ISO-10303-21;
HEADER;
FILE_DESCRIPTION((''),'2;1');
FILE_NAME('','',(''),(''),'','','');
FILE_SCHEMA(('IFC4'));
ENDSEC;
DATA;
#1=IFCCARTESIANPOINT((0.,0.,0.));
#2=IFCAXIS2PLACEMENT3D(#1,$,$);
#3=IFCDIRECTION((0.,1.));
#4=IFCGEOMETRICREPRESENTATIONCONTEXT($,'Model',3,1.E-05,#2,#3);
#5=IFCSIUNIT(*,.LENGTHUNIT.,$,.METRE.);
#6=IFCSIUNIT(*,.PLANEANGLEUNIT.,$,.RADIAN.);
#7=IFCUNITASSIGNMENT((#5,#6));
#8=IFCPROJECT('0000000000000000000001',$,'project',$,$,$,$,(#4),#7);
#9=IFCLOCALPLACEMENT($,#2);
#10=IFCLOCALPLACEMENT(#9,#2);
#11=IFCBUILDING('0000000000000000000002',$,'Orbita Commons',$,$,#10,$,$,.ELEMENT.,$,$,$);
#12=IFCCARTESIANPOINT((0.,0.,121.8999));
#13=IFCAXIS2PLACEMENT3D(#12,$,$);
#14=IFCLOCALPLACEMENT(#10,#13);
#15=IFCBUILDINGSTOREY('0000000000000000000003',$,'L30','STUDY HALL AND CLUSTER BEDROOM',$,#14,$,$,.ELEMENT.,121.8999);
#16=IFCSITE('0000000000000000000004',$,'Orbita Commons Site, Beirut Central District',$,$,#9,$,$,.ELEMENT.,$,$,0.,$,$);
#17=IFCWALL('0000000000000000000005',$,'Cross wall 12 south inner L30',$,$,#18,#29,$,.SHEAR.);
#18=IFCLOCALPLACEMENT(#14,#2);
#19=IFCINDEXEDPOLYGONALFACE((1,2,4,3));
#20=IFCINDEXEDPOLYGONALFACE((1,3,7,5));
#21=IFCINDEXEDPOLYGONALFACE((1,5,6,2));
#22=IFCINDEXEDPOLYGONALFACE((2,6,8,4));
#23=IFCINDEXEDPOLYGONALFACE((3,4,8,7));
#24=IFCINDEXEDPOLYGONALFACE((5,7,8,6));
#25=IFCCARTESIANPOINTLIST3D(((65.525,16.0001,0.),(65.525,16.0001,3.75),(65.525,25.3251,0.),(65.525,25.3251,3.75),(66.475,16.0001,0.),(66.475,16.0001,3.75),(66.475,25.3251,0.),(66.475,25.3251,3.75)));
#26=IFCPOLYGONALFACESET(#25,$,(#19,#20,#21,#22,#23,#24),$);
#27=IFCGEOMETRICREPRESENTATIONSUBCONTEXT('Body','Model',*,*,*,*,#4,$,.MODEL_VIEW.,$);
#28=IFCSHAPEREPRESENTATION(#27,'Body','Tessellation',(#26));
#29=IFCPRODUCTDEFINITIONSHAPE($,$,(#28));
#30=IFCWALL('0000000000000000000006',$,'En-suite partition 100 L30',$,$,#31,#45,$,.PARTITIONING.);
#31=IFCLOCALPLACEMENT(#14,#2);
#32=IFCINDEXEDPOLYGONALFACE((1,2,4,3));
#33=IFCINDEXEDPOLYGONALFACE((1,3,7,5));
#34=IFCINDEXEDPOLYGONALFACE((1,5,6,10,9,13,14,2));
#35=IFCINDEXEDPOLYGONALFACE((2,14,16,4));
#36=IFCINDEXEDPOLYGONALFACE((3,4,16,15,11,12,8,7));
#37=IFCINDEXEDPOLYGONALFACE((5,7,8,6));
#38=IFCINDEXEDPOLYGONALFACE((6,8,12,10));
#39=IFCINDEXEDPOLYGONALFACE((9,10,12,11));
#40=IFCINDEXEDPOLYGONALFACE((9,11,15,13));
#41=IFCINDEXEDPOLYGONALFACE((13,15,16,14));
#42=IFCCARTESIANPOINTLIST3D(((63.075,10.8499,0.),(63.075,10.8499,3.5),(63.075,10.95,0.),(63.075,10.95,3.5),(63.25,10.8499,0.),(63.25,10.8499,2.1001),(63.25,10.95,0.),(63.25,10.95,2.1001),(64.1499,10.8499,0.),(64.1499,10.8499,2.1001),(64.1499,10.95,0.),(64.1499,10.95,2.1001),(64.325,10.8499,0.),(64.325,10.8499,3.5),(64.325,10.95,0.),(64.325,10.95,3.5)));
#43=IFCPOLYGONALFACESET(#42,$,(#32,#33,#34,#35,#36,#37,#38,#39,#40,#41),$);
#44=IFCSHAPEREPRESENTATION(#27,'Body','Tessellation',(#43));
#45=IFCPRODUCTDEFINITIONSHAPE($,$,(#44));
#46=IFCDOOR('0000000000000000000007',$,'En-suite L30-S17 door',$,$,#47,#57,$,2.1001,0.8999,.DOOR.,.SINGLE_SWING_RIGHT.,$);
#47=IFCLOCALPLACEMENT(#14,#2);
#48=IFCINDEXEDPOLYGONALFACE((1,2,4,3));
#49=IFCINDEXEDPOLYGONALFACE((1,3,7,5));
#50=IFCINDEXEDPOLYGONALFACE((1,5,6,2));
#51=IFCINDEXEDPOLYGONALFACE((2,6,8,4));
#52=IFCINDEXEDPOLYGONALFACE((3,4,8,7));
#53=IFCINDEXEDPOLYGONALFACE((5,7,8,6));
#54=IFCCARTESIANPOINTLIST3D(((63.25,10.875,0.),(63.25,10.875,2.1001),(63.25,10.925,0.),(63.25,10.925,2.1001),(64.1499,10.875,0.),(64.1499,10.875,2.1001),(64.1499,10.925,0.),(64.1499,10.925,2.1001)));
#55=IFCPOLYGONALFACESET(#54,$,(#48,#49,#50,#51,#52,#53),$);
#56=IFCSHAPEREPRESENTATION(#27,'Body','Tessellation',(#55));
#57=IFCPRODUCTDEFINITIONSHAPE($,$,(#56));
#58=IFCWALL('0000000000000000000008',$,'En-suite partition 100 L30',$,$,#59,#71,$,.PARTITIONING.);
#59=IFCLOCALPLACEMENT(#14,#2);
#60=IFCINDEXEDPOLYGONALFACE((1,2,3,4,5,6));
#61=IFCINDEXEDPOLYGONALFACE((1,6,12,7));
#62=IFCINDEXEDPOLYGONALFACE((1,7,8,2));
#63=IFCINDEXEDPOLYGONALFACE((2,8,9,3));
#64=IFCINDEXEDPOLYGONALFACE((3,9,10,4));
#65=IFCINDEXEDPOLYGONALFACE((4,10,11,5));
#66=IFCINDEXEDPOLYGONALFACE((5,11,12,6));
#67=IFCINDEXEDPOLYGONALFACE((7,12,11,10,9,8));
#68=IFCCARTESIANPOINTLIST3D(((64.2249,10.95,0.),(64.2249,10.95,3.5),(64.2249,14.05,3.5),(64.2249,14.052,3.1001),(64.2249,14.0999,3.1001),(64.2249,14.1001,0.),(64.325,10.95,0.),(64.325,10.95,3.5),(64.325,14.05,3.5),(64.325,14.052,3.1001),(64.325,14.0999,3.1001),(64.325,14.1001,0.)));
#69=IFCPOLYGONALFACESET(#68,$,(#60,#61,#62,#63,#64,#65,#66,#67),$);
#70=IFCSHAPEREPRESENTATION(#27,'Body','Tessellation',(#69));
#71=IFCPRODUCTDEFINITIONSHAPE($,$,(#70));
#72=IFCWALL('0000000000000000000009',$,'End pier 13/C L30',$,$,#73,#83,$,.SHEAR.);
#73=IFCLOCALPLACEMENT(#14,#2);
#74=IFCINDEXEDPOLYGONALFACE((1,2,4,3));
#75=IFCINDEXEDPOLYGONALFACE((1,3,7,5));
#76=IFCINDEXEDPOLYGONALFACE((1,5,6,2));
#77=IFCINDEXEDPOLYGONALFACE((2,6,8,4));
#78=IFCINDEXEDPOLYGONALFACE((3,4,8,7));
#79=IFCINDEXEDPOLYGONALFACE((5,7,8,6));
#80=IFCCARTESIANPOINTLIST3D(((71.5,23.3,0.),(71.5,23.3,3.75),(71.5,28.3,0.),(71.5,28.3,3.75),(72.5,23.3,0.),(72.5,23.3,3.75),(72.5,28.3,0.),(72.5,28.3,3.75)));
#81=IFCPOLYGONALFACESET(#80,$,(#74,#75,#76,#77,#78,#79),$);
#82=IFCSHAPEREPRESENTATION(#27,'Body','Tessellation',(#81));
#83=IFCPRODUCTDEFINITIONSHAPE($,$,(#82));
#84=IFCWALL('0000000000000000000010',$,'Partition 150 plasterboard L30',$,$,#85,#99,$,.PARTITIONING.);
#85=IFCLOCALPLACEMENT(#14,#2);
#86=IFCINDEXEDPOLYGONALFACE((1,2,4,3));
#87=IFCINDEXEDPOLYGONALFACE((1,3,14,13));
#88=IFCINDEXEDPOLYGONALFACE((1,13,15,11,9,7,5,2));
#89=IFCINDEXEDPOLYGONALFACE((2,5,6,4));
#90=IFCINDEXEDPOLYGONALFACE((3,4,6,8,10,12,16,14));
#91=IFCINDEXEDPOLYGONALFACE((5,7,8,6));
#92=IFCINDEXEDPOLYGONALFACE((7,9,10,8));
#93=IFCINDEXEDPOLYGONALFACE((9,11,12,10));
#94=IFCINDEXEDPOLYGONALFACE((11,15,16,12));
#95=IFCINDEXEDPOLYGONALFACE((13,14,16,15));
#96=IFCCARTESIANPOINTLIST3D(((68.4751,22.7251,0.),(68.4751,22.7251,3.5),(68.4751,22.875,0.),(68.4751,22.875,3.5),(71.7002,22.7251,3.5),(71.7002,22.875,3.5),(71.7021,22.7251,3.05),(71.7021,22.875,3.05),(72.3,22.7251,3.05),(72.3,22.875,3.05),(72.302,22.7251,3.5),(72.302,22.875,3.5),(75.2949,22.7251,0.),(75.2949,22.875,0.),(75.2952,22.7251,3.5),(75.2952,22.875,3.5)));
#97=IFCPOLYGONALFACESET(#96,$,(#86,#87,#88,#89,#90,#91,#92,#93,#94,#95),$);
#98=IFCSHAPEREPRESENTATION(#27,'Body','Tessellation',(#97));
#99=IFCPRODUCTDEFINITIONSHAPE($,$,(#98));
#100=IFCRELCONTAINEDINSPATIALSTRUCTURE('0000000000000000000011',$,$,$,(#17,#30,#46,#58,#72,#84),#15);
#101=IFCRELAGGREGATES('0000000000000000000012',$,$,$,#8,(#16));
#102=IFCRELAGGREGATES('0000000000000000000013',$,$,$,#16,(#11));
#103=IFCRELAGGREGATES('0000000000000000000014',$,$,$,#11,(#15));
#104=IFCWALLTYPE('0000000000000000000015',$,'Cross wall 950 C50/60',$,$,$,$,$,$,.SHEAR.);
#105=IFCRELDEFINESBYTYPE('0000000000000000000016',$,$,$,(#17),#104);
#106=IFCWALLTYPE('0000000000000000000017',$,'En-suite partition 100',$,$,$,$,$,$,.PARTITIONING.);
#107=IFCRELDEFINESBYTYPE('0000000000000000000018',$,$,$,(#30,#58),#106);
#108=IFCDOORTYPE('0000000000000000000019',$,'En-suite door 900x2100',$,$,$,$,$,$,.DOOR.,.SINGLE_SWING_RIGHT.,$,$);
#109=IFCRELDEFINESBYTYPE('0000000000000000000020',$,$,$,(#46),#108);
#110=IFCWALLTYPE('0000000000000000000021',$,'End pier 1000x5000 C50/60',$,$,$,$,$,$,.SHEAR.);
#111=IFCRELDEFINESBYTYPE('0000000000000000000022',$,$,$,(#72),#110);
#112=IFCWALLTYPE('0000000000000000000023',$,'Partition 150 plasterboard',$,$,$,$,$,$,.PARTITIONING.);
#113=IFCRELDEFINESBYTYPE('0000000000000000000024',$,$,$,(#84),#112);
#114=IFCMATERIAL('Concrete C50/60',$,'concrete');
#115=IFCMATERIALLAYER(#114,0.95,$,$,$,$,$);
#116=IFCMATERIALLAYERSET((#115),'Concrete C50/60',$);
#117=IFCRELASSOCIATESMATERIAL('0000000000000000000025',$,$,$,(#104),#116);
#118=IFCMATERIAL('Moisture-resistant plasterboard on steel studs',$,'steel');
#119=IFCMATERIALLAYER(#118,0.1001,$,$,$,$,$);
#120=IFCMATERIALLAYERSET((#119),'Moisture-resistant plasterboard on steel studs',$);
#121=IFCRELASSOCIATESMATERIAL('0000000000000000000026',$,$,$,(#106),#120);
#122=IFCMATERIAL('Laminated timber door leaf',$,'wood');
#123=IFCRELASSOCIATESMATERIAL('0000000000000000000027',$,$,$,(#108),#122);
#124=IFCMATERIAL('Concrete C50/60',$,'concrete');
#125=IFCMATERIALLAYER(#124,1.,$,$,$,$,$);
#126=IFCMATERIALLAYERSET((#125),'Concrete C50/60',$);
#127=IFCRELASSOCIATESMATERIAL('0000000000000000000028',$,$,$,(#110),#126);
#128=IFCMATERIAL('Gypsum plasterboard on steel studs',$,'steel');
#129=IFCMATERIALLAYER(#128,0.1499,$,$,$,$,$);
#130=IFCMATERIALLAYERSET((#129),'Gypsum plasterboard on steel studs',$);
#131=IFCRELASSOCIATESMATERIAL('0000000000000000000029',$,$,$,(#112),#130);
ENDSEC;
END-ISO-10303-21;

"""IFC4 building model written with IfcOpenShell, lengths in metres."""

from ifc_helpers import new_model, si_unit, direction, frame, frame_2d, origin, place, context, subcontext, project, spatial, polyline, rectangle, outline, extrude, material, layer, layer_set, type_object, element, fill, save


model = new_model("IFC4")

# Units and contexts
model_context = context("Model", 3, precision=1e-05, world=origin(), true_north=direction((0.0, 1.0)))
body_context = subcontext(model_context, "Body", "Model", "MODEL_VIEW")
ifc_project = project(units=[si_unit("LENGTHUNIT", "METRE"), si_unit("PLANEANGLEUNIT", "RADIAN")], contexts=[model_context])

# Site, building, storey
site_placement = place(None, origin())
site = spatial("IfcSite", under=ifc_project, at=site_placement, Name="Orbita Commons Site, Beirut Central District", CompositionType="ELEMENT", RefElevation=0.0)
building_placement = place(site_placement, origin())
building = spatial("IfcBuilding", under=site, at=building_placement, Name="Orbita Commons", CompositionType="ELEMENT")
storey_placement = place(building_placement, frame((0.0, 0.0, 121.8999)))
storey = spatial("IfcBuildingStorey", under=building, at=storey_placement, Name="L30", Description="STUDY HALL AND CLUSTER BEDROOM", CompositionType="ELEMENT", Elevation=121.8999)

# Wall
ifc_material_1 = material(Name="Concrete C50/60", Category="concrete")
ifc_layer_1 = layer(ifc_material_1, 0.95)
ifc_layer_set_1 = layer_set([ifc_layer_1], Name="Concrete C50/60")
wall_type_1 = type_object("IfcWallType", Name="Cross wall 950 C50/60", PredefinedType="SHEAR", material=ifc_layer_set_1)
wall_1_placement = place(storey_placement, frame((66.0, 16.0, 0.0), z_axis=(0.0, 0.0, 1.0), x_axis=(0.0, 1.0, 0.0)))
element("IfcWall", 1, at=wall_1_placement, inside=storey, type_object=wall_type_1, Name="Cross wall 12 south inner L30", PredefinedType="SHEAR", context=body_context, shape_type="SweptSolid", body=[
    extrude(rectangle(XDim=9.325, YDim=0.95, at=frame_2d((4.6626, 0.0))), origin(), (0.0, 0.0, 1.0), 3.75),
])

# Wall, opening, door
ifc_material_2 = material(Name="Moisture-resistant plasterboard on steel studs", Category="steel")
ifc_layer_2 = layer(ifc_material_2, 0.1001)
ifc_layer_set_2 = layer_set([ifc_layer_2], Name="Moisture-resistant plasterboard on steel studs")
wall_type_2 = type_object("IfcWallType", Name="En-suite partition 100", PredefinedType="PARTITIONING", material=ifc_layer_set_2)
wall_2_placement = place(storey_placement, frame((64.325, 10.8999, 0.0), z_axis=(0.0, 0.0, 1.0), x_axis=(-1.0, 0.0, 0.0)))
wall_2 = element("IfcWall", 2, at=wall_2_placement, inside=storey, type_object=wall_type_2, Name="En-suite partition 100 L30", PredefinedType="PARTITIONING", context=body_context, shape_type="SweptSolid", body=[
    extrude(rectangle(XDim=1.25, YDim=0.1001, at=frame_2d((0.625, 0.0))), origin(), (0.0, 0.0, 1.0), 3.5),
])
opening_1_placement = place(wall_2_placement, frame((0.175, 0.0, 0.0)))
opening_1 = element("IfcOpeningElement", 3, at=opening_1_placement, cuts=wall_2, PredefinedType="OPENING", context=body_context, shape_type="SweptSolid", body=[
    extrude(rectangle(XDim=0.8999, YDim=2.1001, at=frame_2d((0.45, 1.05))), frame((0.0, 0.0601, 0.0), z_axis=(0.0, -1.0, 0.0), x_axis=(1.0, 0.0, 0.0)), (0.0, 0.0, 1.0), 0.1201),
])
ifc_material_3 = material(Name="Laminated timber door leaf", Category="wood")
door_type_1 = type_object("IfcDoorType", Name="En-suite door 900x2100", OperationType="SINGLE_SWING_RIGHT", PredefinedType="DOOR", material=ifc_material_3)
door_1_placement = place(opening_1_placement, origin())
door_1 = element("IfcDoor", 4, at=door_1_placement, inside=storey, type_object=door_type_1, Name="En-suite L30-S17 door", OperationType="SINGLE_SWING_RIGHT", OverallHeight=2.1001, OverallWidth=0.8999, PredefinedType="DOOR", context=body_context, shape_type="SweptSolid", body=[
    extrude(rectangle(XDim=0.8999, YDim=2.1001, at=frame_2d((0.45, 1.05))), frame((0.0, 0.0249, 0.0), z_axis=(0.0, -1.0, 0.0), x_axis=(1.0, 0.0, 0.0)), (0.0, 0.0, 1.0), 0.05),
])
fill(opening_1, door_1)

# Walls
wall_3_placement = place(storey_placement, frame((64.2749, 10.95, 0.0), z_axis=(0.0, 0.0, 1.0), x_axis=(0.0, 1.0, 0.0)))
element("IfcWall", 5, at=wall_3_placement, inside=storey, type_object=wall_type_2, Name="En-suite partition 100 L30", PredefinedType="PARTITIONING", context=body_context, shape_type="SweptSolid", body=[
    extrude(outline(polyline([(0.0, 0.0), (3.1501, 0.0), (3.1499, 3.1001), (3.1021, 3.1001), (3.1001, 3.5), (0.0, 3.5), (0.0, 0.0)])), frame((0.0, 0.05, 0.0), z_axis=(0.0, -1.0, 0.0), x_axis=(1.0, 0.0, 0.0)), (0.0, 0.0, 1.0), 0.1001),
])
ifc_material_4 = material(Name="Concrete C50/60", Category="concrete")
ifc_layer_3 = layer(ifc_material_4, 1.0)
ifc_layer_set_3 = layer_set([ifc_layer_3], Name="Concrete C50/60")
wall_type_3 = type_object("IfcWallType", Name="End pier 1000x5000 C50/60", PredefinedType="SHEAR", material=ifc_layer_set_3)
wall_4_placement = place(storey_placement, frame((72.0, 23.3, 0.0), z_axis=(0.0, 0.0, 1.0), x_axis=(0.0, 1.0, 0.0)))
element("IfcWall", 6, at=wall_4_placement, inside=storey, type_object=wall_type_3, Name="End pier 13/C L30", PredefinedType="SHEAR", context=body_context, shape_type="SweptSolid", body=[
    extrude(rectangle(XDim=5.0, YDim=1.0, at=frame_2d((2.5, 0.0))), origin(), (0.0, 0.0, 1.0), 3.75),
])
ifc_material_5 = material(Name="Gypsum plasterboard on steel studs", Category="steel")
ifc_layer_4 = layer(ifc_material_5, 0.1499)
ifc_layer_set_4 = layer_set([ifc_layer_4], Name="Gypsum plasterboard on steel studs")
wall_type_4 = type_object("IfcWallType", Name="Partition 150 plasterboard", PredefinedType="PARTITIONING", material=ifc_layer_set_4)
wall_5_placement = place(storey_placement, frame((68.4751, 22.8, 0.0), z_axis=(0.0, 0.0, 1.0), x_axis=(1.0, 0.0, 0.0)))
element("IfcWall", 7, at=wall_5_placement, inside=storey, type_object=wall_type_4, Name="Partition 150 plasterboard L30", PredefinedType="PARTITIONING", context=body_context, shape_type="SweptSolid", body=[
    extrude(outline(polyline([(0.0, 0.0), (6.8198, 0.0), (6.8201, 3.5), (3.8269, 3.5), (3.825, 3.05), (3.2271, 3.05), (3.2251, 3.5), (0.0, 3.5), (0.0, 0.0)])), frame((0.0, 0.075, 0.0), z_axis=(0.0, -1.0, 0.0), x_axis=(1.0, 0.0, 0.0)), (0.0, 0.0, 1.0), 0.1499),
])

save(model, "model.ifc")
